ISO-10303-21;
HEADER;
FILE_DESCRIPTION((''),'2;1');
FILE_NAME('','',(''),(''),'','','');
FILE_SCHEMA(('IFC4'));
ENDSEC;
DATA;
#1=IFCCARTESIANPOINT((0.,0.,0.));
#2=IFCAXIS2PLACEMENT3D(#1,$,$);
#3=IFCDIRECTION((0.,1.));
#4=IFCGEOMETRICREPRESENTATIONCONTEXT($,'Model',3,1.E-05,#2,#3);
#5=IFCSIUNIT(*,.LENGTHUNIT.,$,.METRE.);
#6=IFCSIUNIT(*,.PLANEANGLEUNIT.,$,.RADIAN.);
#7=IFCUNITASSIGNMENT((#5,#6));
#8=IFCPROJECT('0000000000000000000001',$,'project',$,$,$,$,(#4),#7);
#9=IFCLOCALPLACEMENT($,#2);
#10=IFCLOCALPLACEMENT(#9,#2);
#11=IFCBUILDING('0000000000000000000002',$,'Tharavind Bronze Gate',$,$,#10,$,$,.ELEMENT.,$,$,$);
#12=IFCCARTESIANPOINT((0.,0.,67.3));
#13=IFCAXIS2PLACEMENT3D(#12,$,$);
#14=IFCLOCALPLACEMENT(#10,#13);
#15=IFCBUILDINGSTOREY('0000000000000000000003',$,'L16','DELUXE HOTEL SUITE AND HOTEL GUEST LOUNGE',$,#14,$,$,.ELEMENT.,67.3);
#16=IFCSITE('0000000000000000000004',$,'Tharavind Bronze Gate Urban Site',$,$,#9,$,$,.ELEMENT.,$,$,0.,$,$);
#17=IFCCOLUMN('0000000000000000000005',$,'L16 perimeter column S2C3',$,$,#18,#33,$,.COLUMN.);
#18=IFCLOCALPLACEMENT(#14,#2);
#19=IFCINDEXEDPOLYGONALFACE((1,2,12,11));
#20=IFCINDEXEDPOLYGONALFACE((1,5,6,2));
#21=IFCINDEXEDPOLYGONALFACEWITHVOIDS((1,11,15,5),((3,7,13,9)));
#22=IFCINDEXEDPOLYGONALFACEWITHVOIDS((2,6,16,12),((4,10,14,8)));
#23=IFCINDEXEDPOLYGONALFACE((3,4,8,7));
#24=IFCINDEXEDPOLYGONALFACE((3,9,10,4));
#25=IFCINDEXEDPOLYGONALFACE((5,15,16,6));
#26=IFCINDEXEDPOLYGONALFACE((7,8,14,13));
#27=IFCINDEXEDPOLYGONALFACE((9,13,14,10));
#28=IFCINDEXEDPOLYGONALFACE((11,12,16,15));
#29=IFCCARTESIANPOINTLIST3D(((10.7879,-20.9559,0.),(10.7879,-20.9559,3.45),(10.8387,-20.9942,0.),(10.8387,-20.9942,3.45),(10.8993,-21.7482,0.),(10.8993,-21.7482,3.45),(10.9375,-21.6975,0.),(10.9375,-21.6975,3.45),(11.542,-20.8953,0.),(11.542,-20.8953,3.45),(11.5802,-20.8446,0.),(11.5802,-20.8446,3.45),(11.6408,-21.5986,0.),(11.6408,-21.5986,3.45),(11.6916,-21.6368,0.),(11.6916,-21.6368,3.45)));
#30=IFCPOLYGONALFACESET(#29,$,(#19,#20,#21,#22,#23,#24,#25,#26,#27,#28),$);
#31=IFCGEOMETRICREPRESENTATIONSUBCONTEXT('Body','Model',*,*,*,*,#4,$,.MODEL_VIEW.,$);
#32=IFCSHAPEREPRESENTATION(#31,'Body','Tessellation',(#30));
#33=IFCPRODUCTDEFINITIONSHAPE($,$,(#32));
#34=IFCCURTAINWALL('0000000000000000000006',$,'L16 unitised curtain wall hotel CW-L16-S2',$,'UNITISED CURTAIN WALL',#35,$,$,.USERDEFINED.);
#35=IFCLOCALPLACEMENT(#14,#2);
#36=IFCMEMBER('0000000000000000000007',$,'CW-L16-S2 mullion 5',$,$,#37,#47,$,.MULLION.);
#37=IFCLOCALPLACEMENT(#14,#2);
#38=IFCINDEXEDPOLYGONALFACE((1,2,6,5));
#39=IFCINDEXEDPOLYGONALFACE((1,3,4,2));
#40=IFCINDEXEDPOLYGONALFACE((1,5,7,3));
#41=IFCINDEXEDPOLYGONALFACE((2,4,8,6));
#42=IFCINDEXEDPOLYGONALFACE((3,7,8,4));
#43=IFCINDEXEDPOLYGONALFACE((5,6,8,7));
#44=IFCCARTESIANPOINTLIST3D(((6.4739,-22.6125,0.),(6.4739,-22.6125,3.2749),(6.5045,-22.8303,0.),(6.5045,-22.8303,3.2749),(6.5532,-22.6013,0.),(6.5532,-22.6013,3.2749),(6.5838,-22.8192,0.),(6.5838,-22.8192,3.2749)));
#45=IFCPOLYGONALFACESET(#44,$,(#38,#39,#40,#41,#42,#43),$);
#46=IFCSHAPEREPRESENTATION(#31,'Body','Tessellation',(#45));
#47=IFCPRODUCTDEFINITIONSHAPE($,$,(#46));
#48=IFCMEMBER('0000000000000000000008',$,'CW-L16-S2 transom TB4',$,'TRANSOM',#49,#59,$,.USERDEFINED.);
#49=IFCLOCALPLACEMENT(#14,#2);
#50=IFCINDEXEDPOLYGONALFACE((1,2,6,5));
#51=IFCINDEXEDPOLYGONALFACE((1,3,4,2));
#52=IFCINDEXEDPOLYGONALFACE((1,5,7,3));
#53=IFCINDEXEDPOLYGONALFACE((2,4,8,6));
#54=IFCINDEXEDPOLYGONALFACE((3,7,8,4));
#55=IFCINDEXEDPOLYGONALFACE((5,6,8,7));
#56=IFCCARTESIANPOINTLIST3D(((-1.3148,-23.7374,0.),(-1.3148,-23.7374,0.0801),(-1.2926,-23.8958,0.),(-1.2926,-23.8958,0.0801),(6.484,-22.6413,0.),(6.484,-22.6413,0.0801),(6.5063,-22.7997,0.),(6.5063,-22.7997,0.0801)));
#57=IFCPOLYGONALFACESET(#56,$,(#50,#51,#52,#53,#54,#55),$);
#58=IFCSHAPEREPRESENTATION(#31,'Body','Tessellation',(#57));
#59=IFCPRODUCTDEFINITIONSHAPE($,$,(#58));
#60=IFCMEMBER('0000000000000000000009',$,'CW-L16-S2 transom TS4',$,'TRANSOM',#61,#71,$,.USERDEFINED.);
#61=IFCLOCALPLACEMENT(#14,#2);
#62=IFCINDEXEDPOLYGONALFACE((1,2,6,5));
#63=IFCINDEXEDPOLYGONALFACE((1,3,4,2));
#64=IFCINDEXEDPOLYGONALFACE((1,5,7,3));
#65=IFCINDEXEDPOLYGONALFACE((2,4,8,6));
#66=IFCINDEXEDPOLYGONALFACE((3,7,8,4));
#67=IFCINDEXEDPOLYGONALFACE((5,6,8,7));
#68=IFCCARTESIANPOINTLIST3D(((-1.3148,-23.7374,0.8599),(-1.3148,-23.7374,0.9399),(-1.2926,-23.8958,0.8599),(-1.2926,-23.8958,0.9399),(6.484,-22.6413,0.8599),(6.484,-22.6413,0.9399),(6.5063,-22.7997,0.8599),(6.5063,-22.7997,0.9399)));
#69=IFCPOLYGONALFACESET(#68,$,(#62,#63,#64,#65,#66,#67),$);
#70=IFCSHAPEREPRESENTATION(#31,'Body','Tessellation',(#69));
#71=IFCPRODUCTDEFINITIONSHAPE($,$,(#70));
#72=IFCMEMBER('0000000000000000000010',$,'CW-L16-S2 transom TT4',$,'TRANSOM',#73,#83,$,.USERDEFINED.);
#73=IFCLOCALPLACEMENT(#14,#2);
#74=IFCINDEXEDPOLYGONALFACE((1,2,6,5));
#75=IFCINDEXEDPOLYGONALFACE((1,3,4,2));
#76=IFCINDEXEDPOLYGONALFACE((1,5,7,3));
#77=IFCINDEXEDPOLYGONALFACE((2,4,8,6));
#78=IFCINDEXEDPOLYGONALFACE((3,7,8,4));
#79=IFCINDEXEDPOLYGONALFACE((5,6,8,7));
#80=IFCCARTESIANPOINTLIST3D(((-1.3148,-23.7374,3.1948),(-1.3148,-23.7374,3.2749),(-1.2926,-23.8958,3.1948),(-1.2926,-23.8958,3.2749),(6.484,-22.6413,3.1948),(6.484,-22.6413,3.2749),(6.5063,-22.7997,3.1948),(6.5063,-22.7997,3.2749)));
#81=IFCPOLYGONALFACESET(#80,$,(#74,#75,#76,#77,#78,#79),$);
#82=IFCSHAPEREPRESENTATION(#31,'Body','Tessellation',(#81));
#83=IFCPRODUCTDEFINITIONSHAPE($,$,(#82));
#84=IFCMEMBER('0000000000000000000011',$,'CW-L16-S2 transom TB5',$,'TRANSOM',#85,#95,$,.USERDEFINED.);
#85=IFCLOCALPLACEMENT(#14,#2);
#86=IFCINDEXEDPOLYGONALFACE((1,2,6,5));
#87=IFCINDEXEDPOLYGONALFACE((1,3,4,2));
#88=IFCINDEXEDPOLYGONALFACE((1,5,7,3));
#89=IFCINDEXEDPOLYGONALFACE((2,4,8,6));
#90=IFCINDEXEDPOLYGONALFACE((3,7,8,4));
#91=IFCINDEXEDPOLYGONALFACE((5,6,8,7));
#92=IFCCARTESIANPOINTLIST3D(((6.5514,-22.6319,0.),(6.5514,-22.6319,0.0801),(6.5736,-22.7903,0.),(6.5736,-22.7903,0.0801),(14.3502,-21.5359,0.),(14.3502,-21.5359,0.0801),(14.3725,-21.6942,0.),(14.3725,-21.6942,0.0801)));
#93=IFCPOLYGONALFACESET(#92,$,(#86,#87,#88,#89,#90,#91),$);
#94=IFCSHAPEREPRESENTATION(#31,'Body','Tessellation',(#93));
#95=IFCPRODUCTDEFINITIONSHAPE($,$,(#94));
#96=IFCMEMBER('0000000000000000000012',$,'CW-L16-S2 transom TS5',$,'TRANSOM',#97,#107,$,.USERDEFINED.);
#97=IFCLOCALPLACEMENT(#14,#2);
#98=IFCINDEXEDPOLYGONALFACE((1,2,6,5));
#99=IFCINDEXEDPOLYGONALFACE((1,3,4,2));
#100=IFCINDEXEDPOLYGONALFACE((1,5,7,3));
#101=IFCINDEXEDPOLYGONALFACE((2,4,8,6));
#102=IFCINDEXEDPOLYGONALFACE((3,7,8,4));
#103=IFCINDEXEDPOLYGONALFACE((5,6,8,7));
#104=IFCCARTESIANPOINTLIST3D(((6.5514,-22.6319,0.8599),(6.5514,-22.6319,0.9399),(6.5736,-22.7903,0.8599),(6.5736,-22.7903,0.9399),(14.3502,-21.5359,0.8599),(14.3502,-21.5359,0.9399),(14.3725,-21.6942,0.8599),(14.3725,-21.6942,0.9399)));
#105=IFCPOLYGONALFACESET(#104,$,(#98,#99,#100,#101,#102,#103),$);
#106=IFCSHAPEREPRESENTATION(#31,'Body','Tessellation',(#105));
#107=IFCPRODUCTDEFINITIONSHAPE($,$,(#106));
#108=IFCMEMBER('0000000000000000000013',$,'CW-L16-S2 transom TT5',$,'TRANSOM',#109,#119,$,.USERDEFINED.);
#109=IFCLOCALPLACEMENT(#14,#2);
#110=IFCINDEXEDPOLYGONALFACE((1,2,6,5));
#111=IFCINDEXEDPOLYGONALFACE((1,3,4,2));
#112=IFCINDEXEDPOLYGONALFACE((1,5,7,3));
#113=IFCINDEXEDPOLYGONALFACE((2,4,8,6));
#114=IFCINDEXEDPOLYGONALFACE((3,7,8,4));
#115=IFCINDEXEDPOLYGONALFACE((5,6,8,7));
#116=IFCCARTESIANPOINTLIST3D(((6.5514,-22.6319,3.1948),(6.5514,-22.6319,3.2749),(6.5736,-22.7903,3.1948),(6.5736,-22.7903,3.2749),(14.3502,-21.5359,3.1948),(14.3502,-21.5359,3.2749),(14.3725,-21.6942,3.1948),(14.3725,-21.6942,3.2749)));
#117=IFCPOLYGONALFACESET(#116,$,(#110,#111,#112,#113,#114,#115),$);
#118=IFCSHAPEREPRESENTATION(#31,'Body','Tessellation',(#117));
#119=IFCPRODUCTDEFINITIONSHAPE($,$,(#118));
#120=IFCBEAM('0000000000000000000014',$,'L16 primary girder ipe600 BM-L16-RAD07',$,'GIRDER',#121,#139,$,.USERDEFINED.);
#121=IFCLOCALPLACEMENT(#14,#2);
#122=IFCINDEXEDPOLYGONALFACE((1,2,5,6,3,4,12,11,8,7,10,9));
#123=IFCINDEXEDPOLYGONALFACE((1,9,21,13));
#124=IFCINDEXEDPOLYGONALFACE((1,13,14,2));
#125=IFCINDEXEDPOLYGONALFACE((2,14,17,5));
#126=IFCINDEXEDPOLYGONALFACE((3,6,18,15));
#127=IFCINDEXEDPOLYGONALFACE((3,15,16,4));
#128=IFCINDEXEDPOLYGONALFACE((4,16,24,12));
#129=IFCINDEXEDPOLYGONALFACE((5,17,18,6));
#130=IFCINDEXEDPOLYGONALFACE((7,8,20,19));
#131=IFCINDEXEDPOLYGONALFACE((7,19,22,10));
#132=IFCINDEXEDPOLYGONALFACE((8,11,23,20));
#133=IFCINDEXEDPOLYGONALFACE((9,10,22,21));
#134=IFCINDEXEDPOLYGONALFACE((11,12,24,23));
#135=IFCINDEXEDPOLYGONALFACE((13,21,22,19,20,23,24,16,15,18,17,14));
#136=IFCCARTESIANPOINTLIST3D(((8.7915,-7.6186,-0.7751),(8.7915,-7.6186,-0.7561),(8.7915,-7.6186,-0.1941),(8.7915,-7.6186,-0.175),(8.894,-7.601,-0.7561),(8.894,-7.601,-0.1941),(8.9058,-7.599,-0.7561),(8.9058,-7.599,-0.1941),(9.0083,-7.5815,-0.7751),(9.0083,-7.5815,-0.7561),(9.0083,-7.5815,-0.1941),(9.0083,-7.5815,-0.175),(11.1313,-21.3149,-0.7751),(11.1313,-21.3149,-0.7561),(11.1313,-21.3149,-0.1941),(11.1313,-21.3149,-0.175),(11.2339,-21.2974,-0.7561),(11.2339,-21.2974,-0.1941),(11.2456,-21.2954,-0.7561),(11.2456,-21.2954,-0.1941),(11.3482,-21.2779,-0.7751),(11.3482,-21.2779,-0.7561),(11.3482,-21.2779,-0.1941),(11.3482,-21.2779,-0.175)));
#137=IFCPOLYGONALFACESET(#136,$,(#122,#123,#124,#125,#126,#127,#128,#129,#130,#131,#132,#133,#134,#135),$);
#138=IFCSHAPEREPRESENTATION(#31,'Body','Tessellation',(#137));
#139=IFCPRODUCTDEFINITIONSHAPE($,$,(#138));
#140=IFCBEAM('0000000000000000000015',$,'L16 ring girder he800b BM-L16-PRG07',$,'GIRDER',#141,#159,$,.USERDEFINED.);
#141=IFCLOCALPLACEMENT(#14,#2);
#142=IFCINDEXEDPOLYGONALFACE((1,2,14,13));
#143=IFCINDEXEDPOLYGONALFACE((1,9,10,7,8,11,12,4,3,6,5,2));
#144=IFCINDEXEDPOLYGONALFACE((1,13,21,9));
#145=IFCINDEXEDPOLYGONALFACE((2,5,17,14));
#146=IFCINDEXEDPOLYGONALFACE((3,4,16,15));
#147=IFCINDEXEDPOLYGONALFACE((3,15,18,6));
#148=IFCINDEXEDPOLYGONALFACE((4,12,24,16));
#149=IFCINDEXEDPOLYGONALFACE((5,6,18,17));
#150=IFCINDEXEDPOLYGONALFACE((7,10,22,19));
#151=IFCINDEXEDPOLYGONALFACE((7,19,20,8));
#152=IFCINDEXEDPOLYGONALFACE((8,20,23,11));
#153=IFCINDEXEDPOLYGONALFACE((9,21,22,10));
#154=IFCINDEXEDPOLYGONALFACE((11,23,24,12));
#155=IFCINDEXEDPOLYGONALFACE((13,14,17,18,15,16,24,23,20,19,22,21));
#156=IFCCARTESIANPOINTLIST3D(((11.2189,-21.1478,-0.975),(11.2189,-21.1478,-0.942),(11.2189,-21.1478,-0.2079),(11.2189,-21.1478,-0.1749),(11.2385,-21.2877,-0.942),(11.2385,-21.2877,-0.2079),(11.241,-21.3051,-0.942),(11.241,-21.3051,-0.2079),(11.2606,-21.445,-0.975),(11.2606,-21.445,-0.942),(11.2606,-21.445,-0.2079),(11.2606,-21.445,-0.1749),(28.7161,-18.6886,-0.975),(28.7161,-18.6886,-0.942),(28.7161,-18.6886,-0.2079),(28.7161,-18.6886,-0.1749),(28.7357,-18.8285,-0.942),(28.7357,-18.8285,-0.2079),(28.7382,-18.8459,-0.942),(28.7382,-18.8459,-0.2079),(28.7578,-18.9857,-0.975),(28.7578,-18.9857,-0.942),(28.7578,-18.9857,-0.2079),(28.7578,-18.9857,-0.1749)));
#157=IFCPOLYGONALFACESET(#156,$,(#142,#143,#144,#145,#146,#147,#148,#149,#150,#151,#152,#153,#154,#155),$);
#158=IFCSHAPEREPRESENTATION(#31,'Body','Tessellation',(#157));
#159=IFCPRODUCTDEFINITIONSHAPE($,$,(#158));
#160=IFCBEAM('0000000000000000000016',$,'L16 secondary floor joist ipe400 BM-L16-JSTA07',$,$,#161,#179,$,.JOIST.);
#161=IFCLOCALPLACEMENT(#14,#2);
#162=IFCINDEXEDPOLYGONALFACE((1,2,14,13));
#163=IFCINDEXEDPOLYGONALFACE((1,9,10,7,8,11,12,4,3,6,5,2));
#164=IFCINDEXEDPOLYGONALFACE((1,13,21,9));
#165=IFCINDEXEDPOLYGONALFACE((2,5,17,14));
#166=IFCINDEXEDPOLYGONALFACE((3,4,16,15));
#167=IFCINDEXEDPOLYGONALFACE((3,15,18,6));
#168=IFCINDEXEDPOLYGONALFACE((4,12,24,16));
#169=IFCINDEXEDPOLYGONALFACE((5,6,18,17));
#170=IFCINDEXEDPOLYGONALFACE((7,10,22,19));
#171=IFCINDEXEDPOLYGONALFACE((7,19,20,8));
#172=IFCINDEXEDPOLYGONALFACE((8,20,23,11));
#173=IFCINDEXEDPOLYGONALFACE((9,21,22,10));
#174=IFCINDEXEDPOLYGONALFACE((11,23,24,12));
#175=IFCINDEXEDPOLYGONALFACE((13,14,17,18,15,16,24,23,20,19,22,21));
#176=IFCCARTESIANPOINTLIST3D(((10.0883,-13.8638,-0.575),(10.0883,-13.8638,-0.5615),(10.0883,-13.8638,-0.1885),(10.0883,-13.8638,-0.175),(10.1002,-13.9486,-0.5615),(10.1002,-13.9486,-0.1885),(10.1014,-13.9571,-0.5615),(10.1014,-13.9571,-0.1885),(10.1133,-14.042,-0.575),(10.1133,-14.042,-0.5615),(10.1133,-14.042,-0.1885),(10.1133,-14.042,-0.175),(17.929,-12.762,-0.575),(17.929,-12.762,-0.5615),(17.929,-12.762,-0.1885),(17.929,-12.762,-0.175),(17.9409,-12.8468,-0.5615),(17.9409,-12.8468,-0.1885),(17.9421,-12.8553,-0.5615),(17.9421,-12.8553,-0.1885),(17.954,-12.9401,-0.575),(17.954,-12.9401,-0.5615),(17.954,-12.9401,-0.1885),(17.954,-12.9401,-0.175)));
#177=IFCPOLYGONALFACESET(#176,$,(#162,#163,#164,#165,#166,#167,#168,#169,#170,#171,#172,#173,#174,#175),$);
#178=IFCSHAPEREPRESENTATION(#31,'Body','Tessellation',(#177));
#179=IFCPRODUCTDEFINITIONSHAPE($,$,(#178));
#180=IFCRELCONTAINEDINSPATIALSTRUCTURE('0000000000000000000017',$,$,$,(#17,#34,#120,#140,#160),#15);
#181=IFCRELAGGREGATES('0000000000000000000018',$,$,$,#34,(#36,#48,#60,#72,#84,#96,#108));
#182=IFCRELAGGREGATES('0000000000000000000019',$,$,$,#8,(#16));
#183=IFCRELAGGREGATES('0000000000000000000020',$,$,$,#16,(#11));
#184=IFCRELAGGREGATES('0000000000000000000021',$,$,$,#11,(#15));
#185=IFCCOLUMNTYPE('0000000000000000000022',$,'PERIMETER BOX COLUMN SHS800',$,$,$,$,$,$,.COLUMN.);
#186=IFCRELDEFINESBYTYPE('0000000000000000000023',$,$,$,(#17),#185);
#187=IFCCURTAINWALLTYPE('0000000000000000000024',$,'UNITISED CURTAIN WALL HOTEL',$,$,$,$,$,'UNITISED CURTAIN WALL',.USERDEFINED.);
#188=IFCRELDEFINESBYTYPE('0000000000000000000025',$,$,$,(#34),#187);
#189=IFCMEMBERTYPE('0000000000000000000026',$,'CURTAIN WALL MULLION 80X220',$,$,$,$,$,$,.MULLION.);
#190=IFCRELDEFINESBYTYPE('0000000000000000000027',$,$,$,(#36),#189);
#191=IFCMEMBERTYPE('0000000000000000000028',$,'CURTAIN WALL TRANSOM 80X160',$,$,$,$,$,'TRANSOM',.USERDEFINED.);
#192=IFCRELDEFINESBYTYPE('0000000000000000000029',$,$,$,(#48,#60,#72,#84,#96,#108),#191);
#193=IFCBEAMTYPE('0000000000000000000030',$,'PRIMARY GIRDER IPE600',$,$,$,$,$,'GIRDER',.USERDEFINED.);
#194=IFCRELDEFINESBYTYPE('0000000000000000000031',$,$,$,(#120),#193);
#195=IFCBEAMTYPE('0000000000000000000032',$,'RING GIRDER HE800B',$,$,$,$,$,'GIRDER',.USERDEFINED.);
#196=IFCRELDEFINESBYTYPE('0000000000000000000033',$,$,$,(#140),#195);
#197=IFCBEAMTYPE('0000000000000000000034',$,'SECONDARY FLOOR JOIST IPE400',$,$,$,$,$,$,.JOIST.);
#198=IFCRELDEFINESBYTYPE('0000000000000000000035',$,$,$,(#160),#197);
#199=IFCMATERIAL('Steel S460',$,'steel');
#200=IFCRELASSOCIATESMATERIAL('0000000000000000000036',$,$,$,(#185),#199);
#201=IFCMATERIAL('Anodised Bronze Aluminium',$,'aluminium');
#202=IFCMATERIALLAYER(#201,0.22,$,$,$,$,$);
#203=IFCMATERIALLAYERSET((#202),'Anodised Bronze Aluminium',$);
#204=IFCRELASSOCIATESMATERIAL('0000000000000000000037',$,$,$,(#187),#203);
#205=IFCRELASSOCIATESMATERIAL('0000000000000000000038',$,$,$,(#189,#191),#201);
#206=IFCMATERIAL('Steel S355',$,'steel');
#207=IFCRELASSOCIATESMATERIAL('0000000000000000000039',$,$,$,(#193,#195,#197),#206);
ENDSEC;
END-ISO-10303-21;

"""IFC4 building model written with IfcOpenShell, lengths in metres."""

from ifc_helpers import new_model, si_unit, direction, frame, origin, origin_2d, place, context, subcontext, project, spatial, rectangle, hollow_rectangle, i_section, extrude, material, layer, layer_set, material_profile, profile_set, type_object, element, aggregate, save


model = new_model("IFC4")

# Units and contexts
model_context = context("Model", 3, precision=1e-05, world=origin(), true_north=direction((0.0, 1.0)))
body_context = subcontext(model_context, "Body", "Model", "MODEL_VIEW")
ifc_project = project(units=[si_unit("LENGTHUNIT", "METRE"), si_unit("PLANEANGLEUNIT", "RADIAN")], contexts=[model_context])

# Site, building, storey
site_placement = place(None, origin())
site = spatial("IfcSite", under=ifc_project, at=site_placement, Name="Tharavind Bronze Gate Urban Site", CompositionType="ELEMENT", RefElevation=0.0)
building_placement = place(site_placement, origin())
building = spatial("IfcBuilding", under=site, at=building_placement, Name="Tharavind Bronze Gate", CompositionType="ELEMENT")
storey_placement = place(building_placement, frame((0.0, 0.0, 67.3)))
storey = spatial("IfcBuildingStorey", under=building, at=storey_placement, Name="L16", Description="DELUXE HOTEL SUITE AND HOTEL GUEST LOUNGE", CompositionType="ELEMENT", Elevation=67.3)

# Column
ifc_material_1 = material(Name="Steel S460", Category="steel")
ifc_material_profile_1 = material_profile(ifc_material_1, hollow_rectangle(XDim=0.8, YDim=0.8, WallThickness=0.0449, at=origin_2d()), Name="SHS800X45")
ifc_profile_set_1 = profile_set([ifc_material_profile_1], Name="Steel S460")
column_type = type_object("IfcColumnType", Name="PERIMETER BOX COLUMN SHS800", PredefinedType="COLUMN", material=ifc_profile_set_1)
column_placement = place(storey_placement, frame((11.2397, -21.2964, 0.0), z_axis=(0.0, 0.0, 1.0), x_axis=(0.990268, 0.139173, 0.0)))
element("IfcColumn", 1, at=column_placement, inside=storey, type_object=column_type, Name="L16 perimeter column S2C3", PredefinedType="COLUMN", context=body_context, shape_type="SweptSolid", body=[
    extrude(hollow_rectangle(XDim=0.8, YDim=0.8, WallThickness=0.0449, at=origin_2d()), origin(), (0.0, 0.0, 1.0), 3.45),
])

# Curtain wall, members
ifc_material_2 = material(Name="Anodised Bronze Aluminium", Category="aluminium")
ifc_layer_1 = layer(ifc_material_2, 0.22)
ifc_layer_set_1 = layer_set([ifc_layer_1], Name="Anodised Bronze Aluminium")
curtain_wall_type = type_object("IfcCurtainWallType", Name="UNITISED CURTAIN WALL HOTEL", ElementType="UNITISED CURTAIN WALL", PredefinedType="USERDEFINED", material=ifc_layer_set_1)
curtain_wall_placement = place(storey_placement, origin())
curtain_wall = element("IfcCurtainWall", 2, at=curtain_wall_placement, inside=storey, type_object=curtain_wall_type, Name="L16 unitised curtain wall hotel CW-L16-S2", ObjectType="UNITISED CURTAIN WALL", PredefinedType="USERDEFINED")
member_type_1 = type_object("IfcMemberType", Name="CURTAIN WALL MULLION 80X220", PredefinedType="MULLION", material=ifc_material_2)
member_1_placement = place(storey_placement, frame((6.5288, -22.7158, 0.0), z_axis=(0.0, 0.0, 1.0), x_axis=(0.990268, 0.139173, 0.0)))
member_1 = element("IfcMember", 3, at=member_1_placement, type_object=member_type_1, Name="CW-L16-S2 mullion 5", PredefinedType="MULLION", context=body_context, shape_type="SweptSolid", body=[
    extrude(rectangle(XDim=0.0801, YDim=0.22, at=origin_2d()), origin(), (0.0, 0.0, 1.0), 3.2749),
])
member_type_2 = type_object("IfcMemberType", Name="CURTAIN WALL TRANSOM 80X160", ElementType="TRANSOM", PredefinedType="USERDEFINED", material=ifc_material_2)
member_2_placement = place(storey_placement, frame((2.5957, -23.2686, 0.0), z_axis=(0.0, 0.0, 1.0), x_axis=(0.990268, 0.139173, 0.0)))
member_2 = element("IfcMember", 4, at=member_2_placement, type_object=member_type_2, Name="CW-L16-S2 transom TB4", ObjectType="TRANSOM", PredefinedType="USERDEFINED", context=body_context, shape_type="SweptSolid", body=[
    extrude(rectangle(XDim=7.8755, YDim=0.1599, at=origin_2d()), origin(), (0.0, 0.0, 1.0), 0.0801),
])
member_3_placement = place(storey_placement, frame((2.5957, -23.2686, 0.8599), z_axis=(0.0, 0.0, 1.0), x_axis=(0.990268, 0.139173, 0.0)))
member_3 = element("IfcMember", 5, at=member_3_placement, type_object=member_type_2, Name="CW-L16-S2 transom TS4", ObjectType="TRANSOM", PredefinedType="USERDEFINED", context=body_context, shape_type="SweptSolid", body=[
    extrude(rectangle(XDim=7.8755, YDim=0.1599, at=origin_2d()), origin(), (0.0, 0.0, 1.0), 0.0801),
])
member_4_placement = place(storey_placement, frame((2.5957, -23.2686, 3.1948), z_axis=(0.0, 0.0, 1.0), x_axis=(0.990268, 0.139173, 0.0)))
member_4 = element("IfcMember", 6, at=member_4_placement, type_object=member_type_2, Name="CW-L16-S2 transom TT4", ObjectType="TRANSOM", PredefinedType="USERDEFINED", context=body_context, shape_type="SweptSolid", body=[
    extrude(rectangle(XDim=7.8755, YDim=0.1599, at=origin_2d()), origin(), (0.0, 0.0, 1.0), 0.0801),
])
member_5_placement = place(storey_placement, frame((10.4619, -22.1631, 0.0), z_axis=(0.0, 0.0, 1.0), x_axis=(0.990268, 0.139173, 0.0)))
member_5 = element("IfcMember", 7, at=member_5_placement, type_object=member_type_2, Name="CW-L16-S2 transom TB5", ObjectType="TRANSOM", PredefinedType="USERDEFINED", context=body_context, shape_type="SweptSolid", body=[
    extrude(rectangle(XDim=7.8755, YDim=0.1599, at=origin_2d()), origin(), (0.0, 0.0, 1.0), 0.0801),
])
member_6_placement = place(storey_placement, frame((10.4619, -22.1631, 0.8599), z_axis=(0.0, 0.0, 1.0), x_axis=(0.990268, 0.139173, 0.0)))
member_6 = element("IfcMember", 8, at=member_6_placement, type_object=member_type_2, Name="CW-L16-S2 transom TS5", ObjectType="TRANSOM", PredefinedType="USERDEFINED", context=body_context, shape_type="SweptSolid", body=[
    extrude(rectangle(XDim=7.8755, YDim=0.1599, at=origin_2d()), origin(), (0.0, 0.0, 1.0), 0.0801),
])
member_7_placement = place(storey_placement, frame((10.4619, -22.1631, 3.1948), z_axis=(0.0, 0.0, 1.0), x_axis=(0.990268, 0.139173, 0.0)))
member_7 = element("IfcMember", 9, at=member_7_placement, type_object=member_type_2, Name="CW-L16-S2 transom TT5", ObjectType="TRANSOM", PredefinedType="USERDEFINED", context=body_context, shape_type="SweptSolid", body=[
    extrude(rectangle(XDim=7.8755, YDim=0.1599, at=origin_2d()), origin(), (0.0, 0.0, 1.0), 0.0801),
])

# Beams
ifc_material_3 = material(Name="Steel S355", Category="steel")
ifc_material_profile_2 = material_profile(ifc_material_3, i_section(OverallWidth=0.22, OverallDepth=0.6001, WebThickness=0.012, FlangeThickness=0.019, at=origin_2d()), Name="IPE600")
ifc_profile_set_2 = profile_set([ifc_material_profile_2], Name="Steel S355")
beam_type_1 = type_object("IfcBeamType", Name="PRIMARY GIRDER IPE600", ElementType="GIRDER", PredefinedType="USERDEFINED", material=ifc_profile_set_2)
beam_1_placement = place(storey_placement, frame((11.2397, -21.2964, -0.4751), z_axis=(-0.168398, 0.985719, 0.0), x_axis=(-0.985719, -0.168398, 0.0)))
element("IfcBeam", 10, at=beam_1_placement, inside=storey, type_object=beam_type_1, Name="L16 primary girder ipe600 BM-L16-RAD07", ObjectType="GIRDER", PredefinedType="USERDEFINED", context=body_context, shape_type="SweptSolid", body=[
    extrude(i_section(OverallWidth=0.22, OverallDepth=0.6001, WebThickness=0.012, FlangeThickness=0.019, at=origin_2d()), origin(), (0.0, 0.0, 1.0), 13.8948),
])
ifc_material_profile_3 = material_profile(ifc_material_3, i_section(OverallWidth=0.3, OverallDepth=0.8, WebThickness=0.0176, FlangeThickness=0.033, at=origin_2d()), Name="HE800B")
ifc_profile_set_3 = profile_set([ifc_material_profile_3], Name="Steel S355")
beam_type_2 = type_object("IfcBeamType", Name="RING GIRDER HE800B", ElementType="GIRDER", PredefinedType="USERDEFINED", material=ifc_profile_set_3)
beam_2_placement = place(storey_placement, frame((11.2397, -21.2964, -0.575), z_axis=(0.990267, 0.139181, 0.0), x_axis=(-0.139181, 0.990267, 0.0)))
element("IfcBeam", 11, at=beam_2_placement, inside=storey, type_object=beam_type_2, Name="L16 ring girder he800b BM-L16-PRG07", ObjectType="GIRDER", PredefinedType="USERDEFINED", context=body_context, shape_type="SweptSolid", body=[
    extrude(i_section(OverallWidth=0.3, OverallDepth=0.8, WebThickness=0.0176, FlangeThickness=0.033, at=origin_2d()), origin(), (0.0, 0.0, 1.0), 17.6692),
])
ifc_material_profile_4 = material_profile(ifc_material_3, i_section(OverallWidth=0.1799, OverallDepth=0.3999, WebThickness=0.0085, FlangeThickness=0.0134, at=origin_2d()), Name="IPE400")
ifc_profile_set_4 = profile_set([ifc_material_profile_4], Name="Steel S355")
beam_type_3 = type_object("IfcBeamType", Name="SECONDARY FLOOR JOIST IPE400", PredefinedType="JOIST", material=ifc_profile_set_4)
beam_3_placement = place(storey_placement, frame((10.1008, -13.9529, -0.375), z_axis=(0.99027, 0.139159, 0.0), x_axis=(-0.139159, 0.99027, 0.0)))
element("IfcBeam", 12, at=beam_3_placement, inside=storey, type_object=beam_type_3, Name="L16 secondary floor joist ipe400 BM-L16-JSTA07", PredefinedType="JOIST", context=body_context, shape_type="SweptSolid", body=[
    extrude(i_section(OverallWidth=0.1799, OverallDepth=0.3999, WebThickness=0.0085, FlangeThickness=0.0134, at=origin_2d()), origin(), (0.0, 0.0, 1.0), 7.9177),
])

aggregate(curtain_wall, [member_1, member_2, member_3, member_4, member_5, member_6, member_7])

save(model, "model.ifc")
